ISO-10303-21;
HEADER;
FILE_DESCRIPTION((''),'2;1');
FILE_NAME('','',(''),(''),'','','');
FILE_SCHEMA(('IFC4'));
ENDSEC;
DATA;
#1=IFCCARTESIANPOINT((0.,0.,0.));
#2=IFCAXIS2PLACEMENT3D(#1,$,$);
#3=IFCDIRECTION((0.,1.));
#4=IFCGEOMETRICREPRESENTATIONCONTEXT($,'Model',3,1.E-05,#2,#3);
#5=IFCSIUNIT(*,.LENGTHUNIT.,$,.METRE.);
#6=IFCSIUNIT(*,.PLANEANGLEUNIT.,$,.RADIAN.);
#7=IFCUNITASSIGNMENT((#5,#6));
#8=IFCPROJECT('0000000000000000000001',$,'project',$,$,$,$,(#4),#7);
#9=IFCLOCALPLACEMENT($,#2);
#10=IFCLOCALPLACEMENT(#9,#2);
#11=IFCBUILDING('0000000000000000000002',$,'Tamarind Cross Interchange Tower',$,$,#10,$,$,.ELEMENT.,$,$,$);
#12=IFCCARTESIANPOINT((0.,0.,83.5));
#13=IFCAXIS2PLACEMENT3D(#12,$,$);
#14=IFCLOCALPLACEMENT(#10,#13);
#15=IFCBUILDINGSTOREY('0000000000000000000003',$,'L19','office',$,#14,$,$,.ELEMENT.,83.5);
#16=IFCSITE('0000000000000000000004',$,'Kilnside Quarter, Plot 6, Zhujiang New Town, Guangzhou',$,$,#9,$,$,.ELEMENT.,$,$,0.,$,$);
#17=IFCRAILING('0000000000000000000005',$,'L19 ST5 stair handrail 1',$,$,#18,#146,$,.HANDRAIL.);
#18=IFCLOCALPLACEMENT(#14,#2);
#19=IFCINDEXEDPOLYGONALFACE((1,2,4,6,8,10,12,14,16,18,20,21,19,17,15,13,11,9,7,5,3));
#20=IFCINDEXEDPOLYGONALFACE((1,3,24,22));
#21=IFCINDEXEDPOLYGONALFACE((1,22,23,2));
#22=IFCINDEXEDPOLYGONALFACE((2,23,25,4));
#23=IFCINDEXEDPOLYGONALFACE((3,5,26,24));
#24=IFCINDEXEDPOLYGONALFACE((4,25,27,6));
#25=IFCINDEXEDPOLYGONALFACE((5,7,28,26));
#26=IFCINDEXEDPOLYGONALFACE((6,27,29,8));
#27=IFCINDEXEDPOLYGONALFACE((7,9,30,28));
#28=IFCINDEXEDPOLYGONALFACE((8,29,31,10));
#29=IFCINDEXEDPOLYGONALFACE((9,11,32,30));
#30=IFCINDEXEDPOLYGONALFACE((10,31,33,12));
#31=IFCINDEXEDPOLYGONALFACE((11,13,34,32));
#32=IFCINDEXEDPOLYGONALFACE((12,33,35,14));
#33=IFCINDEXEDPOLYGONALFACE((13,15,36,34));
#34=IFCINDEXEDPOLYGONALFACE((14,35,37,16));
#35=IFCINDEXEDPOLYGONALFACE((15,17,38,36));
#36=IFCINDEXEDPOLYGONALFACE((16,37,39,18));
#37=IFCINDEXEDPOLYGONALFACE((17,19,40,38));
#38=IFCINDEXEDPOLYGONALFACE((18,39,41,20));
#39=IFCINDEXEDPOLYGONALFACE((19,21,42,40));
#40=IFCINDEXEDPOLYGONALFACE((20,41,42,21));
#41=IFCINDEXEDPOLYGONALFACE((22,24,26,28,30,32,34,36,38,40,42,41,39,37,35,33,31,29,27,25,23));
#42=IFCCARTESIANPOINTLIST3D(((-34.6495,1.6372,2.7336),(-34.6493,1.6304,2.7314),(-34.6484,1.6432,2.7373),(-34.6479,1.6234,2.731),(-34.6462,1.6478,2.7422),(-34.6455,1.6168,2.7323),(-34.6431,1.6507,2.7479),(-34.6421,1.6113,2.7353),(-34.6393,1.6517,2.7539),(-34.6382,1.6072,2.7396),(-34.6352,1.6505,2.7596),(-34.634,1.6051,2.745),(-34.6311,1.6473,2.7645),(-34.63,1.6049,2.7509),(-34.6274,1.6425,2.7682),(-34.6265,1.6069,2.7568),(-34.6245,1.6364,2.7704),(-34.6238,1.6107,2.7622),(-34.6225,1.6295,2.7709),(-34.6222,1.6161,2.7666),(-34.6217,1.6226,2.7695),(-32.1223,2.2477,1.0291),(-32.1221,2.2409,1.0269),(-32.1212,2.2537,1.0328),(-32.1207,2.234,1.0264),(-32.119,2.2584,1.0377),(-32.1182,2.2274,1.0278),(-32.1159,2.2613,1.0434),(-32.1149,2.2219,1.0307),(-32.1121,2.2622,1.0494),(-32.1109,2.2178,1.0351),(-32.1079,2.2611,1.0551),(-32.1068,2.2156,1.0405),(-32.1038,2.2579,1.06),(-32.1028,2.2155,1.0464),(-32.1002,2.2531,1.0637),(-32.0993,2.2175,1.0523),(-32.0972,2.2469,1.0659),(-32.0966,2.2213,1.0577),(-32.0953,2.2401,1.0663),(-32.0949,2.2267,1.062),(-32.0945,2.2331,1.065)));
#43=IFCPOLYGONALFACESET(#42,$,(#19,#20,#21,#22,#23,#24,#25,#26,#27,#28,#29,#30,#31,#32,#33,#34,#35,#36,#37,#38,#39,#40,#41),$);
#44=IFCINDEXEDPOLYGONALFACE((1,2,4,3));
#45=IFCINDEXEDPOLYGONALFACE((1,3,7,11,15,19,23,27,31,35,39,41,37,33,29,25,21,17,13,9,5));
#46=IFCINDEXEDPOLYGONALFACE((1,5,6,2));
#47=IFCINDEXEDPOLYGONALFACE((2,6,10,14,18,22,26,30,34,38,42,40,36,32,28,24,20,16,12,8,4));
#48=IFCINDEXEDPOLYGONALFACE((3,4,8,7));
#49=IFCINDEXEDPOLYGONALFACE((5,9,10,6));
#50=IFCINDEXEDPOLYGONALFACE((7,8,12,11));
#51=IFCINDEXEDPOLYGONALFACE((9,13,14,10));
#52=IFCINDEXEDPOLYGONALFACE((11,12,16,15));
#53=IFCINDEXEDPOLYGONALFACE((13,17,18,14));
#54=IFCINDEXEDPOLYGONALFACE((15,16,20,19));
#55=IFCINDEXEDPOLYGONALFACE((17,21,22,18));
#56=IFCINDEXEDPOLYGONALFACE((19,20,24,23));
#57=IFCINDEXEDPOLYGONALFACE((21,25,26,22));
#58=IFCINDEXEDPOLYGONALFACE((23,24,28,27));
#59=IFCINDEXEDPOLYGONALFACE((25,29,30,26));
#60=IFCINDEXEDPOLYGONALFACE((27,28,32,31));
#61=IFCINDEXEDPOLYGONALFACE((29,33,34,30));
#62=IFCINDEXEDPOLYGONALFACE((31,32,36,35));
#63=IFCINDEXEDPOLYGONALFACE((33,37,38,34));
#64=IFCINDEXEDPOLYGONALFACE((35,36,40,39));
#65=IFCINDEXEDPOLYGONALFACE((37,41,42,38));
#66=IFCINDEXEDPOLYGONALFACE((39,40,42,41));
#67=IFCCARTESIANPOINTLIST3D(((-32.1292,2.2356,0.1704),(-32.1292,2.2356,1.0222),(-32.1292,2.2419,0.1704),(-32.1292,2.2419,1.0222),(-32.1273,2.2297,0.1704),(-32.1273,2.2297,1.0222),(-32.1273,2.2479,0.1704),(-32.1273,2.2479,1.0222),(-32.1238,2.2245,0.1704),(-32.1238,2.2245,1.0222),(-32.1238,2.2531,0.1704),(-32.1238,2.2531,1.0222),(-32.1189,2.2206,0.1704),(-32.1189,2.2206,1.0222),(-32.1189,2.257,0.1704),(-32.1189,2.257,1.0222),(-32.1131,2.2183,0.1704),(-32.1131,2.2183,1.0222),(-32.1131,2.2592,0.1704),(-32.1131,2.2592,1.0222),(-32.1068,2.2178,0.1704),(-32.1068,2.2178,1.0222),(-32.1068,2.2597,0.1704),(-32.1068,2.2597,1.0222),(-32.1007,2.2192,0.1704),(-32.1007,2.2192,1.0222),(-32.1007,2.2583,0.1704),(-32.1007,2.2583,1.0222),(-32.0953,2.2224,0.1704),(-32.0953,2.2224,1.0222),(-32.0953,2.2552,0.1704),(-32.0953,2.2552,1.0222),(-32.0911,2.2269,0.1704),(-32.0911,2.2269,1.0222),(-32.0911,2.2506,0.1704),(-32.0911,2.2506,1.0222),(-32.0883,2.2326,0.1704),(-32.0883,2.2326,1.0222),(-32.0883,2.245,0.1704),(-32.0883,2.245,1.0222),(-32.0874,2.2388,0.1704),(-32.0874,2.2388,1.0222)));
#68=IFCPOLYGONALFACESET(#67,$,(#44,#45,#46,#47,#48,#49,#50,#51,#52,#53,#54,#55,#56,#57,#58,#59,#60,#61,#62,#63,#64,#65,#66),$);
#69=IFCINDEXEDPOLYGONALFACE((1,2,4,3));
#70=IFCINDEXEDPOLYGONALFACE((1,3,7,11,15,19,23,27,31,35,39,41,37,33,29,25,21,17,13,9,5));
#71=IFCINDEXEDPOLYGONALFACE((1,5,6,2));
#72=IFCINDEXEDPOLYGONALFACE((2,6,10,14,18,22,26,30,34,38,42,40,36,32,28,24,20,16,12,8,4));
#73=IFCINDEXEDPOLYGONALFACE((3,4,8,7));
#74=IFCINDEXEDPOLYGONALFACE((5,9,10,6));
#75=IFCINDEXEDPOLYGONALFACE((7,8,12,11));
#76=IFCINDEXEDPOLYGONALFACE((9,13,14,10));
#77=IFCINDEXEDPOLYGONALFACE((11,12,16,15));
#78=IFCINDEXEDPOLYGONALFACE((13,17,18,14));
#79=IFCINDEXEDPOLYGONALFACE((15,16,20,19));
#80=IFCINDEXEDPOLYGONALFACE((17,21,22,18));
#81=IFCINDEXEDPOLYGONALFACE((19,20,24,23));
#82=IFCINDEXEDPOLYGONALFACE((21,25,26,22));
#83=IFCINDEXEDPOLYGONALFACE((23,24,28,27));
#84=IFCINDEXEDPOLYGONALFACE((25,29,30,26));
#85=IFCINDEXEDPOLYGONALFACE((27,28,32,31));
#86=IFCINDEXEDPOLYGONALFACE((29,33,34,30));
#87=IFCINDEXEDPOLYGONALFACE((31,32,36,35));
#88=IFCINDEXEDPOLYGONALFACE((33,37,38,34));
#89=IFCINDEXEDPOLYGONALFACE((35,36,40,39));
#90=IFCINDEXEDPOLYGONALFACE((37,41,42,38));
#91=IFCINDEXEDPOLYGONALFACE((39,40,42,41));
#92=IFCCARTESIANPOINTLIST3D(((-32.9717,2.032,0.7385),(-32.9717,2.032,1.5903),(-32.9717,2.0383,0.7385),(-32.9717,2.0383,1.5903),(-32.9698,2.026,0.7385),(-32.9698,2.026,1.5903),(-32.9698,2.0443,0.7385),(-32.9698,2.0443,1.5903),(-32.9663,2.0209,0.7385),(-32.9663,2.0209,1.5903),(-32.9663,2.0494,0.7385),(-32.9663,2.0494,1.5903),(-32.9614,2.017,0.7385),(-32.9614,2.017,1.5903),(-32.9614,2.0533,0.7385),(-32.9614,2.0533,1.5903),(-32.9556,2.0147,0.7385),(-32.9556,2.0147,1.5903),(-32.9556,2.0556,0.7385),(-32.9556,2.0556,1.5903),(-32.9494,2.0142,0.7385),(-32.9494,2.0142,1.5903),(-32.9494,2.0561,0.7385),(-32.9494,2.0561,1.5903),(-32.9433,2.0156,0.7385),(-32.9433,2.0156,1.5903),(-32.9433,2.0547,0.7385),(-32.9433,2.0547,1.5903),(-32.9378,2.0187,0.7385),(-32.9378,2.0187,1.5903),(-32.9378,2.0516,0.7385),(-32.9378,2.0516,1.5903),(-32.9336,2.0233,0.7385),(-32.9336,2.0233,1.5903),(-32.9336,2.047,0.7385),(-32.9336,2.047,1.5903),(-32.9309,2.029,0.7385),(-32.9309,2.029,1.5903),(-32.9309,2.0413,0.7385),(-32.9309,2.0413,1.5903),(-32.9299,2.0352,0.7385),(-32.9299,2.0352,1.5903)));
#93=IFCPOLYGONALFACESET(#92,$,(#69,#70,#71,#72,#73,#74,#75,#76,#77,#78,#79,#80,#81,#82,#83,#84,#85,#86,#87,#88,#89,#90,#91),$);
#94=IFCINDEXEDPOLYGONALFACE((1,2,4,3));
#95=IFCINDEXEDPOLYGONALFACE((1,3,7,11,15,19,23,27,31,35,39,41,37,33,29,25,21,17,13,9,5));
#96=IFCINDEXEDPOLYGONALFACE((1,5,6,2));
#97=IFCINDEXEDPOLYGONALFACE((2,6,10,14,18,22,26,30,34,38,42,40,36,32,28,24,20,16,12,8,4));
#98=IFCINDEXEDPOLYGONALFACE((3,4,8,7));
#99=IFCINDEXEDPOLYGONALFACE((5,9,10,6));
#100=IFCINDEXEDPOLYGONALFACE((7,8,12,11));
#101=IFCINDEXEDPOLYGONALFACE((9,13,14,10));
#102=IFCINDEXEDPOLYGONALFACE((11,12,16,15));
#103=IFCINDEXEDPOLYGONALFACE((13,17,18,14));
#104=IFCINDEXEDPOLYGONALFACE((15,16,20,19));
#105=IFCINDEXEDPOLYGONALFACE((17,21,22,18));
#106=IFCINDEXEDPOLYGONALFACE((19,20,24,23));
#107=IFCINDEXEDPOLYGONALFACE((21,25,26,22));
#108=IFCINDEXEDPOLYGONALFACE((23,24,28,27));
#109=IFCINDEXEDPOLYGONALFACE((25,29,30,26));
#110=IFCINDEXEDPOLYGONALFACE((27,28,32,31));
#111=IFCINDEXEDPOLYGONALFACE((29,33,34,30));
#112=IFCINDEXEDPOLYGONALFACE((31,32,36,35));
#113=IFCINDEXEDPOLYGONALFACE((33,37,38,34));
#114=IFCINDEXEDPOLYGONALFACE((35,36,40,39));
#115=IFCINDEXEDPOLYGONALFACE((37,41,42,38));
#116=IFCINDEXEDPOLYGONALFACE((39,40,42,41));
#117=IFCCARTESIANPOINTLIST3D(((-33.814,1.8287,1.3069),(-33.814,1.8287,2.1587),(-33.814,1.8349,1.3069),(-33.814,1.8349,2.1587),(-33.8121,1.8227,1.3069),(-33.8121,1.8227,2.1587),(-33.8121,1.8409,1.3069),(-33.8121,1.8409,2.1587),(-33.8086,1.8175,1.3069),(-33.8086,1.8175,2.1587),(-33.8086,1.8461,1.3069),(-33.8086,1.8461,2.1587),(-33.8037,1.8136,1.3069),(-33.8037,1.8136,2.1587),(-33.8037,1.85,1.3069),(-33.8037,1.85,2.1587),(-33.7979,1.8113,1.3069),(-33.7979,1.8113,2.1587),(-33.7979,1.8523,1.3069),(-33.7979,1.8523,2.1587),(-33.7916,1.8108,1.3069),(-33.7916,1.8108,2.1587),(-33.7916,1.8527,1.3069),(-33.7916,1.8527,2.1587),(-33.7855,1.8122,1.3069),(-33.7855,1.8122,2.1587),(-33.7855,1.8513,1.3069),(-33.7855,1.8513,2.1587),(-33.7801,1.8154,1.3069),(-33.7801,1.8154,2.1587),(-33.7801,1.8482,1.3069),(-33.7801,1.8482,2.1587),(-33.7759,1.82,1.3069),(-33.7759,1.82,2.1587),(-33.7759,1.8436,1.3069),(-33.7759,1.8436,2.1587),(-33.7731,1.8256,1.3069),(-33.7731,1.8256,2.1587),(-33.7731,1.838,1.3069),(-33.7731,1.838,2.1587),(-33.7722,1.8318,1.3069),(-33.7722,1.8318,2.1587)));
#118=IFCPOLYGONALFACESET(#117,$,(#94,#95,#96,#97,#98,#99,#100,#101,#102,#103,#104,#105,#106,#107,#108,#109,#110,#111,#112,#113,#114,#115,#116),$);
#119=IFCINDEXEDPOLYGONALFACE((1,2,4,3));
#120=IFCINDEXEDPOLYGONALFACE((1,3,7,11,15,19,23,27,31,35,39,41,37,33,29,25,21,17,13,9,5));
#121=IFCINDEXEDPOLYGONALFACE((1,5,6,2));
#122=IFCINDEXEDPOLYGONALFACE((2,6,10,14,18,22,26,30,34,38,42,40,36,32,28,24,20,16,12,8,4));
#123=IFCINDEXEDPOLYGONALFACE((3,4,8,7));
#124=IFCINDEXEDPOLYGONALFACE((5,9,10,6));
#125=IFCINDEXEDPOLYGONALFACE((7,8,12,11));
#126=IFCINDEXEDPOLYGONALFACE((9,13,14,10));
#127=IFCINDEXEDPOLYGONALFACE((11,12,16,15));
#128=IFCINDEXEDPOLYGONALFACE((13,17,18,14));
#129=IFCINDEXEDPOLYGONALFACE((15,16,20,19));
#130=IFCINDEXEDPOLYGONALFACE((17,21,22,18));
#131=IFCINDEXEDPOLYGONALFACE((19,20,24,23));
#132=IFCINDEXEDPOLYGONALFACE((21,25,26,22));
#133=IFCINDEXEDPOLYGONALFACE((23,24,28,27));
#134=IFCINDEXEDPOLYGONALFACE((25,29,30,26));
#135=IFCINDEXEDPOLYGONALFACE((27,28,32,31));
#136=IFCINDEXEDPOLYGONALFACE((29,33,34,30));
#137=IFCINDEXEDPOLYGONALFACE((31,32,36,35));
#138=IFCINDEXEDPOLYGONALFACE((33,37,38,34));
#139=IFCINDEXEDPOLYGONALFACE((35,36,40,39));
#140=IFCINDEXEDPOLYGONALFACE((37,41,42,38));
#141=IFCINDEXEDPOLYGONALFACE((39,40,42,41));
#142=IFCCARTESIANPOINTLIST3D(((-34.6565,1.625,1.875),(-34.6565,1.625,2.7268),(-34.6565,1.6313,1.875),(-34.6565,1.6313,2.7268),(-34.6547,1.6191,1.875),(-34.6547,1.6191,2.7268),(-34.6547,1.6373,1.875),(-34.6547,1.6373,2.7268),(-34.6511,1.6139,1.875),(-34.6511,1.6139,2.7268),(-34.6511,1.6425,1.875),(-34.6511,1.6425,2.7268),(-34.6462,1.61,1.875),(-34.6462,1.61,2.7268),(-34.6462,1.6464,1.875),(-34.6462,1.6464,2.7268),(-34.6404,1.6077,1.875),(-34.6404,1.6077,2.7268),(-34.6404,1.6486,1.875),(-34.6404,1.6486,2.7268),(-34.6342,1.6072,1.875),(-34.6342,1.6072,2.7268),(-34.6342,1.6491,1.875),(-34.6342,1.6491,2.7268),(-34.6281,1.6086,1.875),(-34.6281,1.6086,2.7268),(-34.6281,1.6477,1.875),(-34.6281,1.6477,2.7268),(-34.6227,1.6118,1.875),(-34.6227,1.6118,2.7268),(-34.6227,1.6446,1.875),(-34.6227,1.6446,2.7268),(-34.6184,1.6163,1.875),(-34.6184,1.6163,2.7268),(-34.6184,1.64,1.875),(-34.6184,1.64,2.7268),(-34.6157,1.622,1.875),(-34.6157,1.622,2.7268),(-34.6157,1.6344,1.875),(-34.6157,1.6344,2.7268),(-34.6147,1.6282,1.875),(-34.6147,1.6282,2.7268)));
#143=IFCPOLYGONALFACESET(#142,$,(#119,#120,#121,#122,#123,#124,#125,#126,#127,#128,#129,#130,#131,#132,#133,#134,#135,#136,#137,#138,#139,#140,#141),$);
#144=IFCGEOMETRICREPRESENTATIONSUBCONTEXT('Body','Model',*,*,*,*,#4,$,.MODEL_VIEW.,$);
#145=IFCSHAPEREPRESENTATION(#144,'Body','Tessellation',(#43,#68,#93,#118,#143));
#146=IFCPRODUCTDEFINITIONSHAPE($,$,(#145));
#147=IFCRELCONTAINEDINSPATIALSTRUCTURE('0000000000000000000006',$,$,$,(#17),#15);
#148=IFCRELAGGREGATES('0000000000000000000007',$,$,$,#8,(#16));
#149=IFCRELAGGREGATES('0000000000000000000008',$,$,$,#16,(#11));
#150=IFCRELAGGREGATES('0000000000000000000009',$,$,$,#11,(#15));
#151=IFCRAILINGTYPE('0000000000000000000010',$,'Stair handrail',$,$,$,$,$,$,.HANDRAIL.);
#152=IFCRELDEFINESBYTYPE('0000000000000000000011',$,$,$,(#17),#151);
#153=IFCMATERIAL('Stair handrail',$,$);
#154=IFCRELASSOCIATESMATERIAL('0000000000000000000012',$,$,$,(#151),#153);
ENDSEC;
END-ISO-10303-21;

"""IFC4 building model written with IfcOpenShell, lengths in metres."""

from ifc_helpers import new_model, si_unit, direction, frame, origin, origin_2d, place, context, subcontext, project, spatial, circle, extrude, material, type_object, element, save


model = new_model("IFC4")

# Units and contexts
model_context = context("Model", 3, precision=1e-05, world=origin(), true_north=direction((0.0, 1.0)))
body_context = subcontext(model_context, "Body", "Model", "MODEL_VIEW")
ifc_project = project(units=[si_unit("LENGTHUNIT", "METRE"), si_unit("PLANEANGLEUNIT", "RADIAN")], contexts=[model_context])

# Site, building, storey
site_placement = place(None, origin())
site = spatial("IfcSite", under=ifc_project, at=site_placement, Name="Kilnside Quarter, Plot 6, Zhujiang New Town, Guangzhou", CompositionType="ELEMENT", RefElevation=0.0)
building_placement = place(site_placement, origin())
building = spatial("IfcBuilding", under=site, at=building_placement, Name="Tamarind Cross Interchange Tower", CompositionType="ELEMENT")
storey_placement = place(building_placement, frame((0.0, 0.0, 83.5)))
storey = spatial("IfcBuildingStorey", under=building, at=storey_placement, Name="L19", Description="office", CompositionType="ELEMENT", Elevation=83.5)

# Railing
ifc_material_1 = material(Name="Stair handrail")
railing_type_1 = type_object("IfcRailingType", Name="Stair handrail", PredefinedType="HANDRAIL", material=ifc_material_1)
railing_1_placement = place(storey_placement, frame((-32.1084, 2.2388, 0.1704)))
element("IfcRailing", 1, at=railing_1_placement, inside=storey, type_object=railing_type_1, Name="L19 ST5 stair handrail 1", PredefinedType="HANDRAIL", context=body_context, shape_type="SweptSolid", body=[
    extrude(circle(Radius=0.0239, at=origin_2d()), frame((0.0, 0.0, 0.876), z_axis=(-0.81291, -0.196396, 0.548275), x_axis=(0.234839, -0.972034, 0.0)), (0.0, 0.0, 1.0), 3.1089),
    extrude(circle(Radius=0.021, at=origin_2d()), origin(), (0.0, 0.0, 1.0), 0.8518),
    extrude(circle(Radius=0.021, at=origin_2d()), frame((-0.8425, -0.2036, 0.5681)), (0.0, 0.0, 1.0), 0.8518),
    extrude(circle(Radius=0.021, at=origin_2d()), frame((-1.6848, -0.407, 1.1365)), (0.0, 0.0, 1.0), 0.8518),
    extrude(circle(Radius=0.021, at=origin_2d()), frame((-2.5273, -0.6106, 1.7046)), (0.0, 0.0, 1.0), 0.8518),
])

save(model, "model.ifc")
